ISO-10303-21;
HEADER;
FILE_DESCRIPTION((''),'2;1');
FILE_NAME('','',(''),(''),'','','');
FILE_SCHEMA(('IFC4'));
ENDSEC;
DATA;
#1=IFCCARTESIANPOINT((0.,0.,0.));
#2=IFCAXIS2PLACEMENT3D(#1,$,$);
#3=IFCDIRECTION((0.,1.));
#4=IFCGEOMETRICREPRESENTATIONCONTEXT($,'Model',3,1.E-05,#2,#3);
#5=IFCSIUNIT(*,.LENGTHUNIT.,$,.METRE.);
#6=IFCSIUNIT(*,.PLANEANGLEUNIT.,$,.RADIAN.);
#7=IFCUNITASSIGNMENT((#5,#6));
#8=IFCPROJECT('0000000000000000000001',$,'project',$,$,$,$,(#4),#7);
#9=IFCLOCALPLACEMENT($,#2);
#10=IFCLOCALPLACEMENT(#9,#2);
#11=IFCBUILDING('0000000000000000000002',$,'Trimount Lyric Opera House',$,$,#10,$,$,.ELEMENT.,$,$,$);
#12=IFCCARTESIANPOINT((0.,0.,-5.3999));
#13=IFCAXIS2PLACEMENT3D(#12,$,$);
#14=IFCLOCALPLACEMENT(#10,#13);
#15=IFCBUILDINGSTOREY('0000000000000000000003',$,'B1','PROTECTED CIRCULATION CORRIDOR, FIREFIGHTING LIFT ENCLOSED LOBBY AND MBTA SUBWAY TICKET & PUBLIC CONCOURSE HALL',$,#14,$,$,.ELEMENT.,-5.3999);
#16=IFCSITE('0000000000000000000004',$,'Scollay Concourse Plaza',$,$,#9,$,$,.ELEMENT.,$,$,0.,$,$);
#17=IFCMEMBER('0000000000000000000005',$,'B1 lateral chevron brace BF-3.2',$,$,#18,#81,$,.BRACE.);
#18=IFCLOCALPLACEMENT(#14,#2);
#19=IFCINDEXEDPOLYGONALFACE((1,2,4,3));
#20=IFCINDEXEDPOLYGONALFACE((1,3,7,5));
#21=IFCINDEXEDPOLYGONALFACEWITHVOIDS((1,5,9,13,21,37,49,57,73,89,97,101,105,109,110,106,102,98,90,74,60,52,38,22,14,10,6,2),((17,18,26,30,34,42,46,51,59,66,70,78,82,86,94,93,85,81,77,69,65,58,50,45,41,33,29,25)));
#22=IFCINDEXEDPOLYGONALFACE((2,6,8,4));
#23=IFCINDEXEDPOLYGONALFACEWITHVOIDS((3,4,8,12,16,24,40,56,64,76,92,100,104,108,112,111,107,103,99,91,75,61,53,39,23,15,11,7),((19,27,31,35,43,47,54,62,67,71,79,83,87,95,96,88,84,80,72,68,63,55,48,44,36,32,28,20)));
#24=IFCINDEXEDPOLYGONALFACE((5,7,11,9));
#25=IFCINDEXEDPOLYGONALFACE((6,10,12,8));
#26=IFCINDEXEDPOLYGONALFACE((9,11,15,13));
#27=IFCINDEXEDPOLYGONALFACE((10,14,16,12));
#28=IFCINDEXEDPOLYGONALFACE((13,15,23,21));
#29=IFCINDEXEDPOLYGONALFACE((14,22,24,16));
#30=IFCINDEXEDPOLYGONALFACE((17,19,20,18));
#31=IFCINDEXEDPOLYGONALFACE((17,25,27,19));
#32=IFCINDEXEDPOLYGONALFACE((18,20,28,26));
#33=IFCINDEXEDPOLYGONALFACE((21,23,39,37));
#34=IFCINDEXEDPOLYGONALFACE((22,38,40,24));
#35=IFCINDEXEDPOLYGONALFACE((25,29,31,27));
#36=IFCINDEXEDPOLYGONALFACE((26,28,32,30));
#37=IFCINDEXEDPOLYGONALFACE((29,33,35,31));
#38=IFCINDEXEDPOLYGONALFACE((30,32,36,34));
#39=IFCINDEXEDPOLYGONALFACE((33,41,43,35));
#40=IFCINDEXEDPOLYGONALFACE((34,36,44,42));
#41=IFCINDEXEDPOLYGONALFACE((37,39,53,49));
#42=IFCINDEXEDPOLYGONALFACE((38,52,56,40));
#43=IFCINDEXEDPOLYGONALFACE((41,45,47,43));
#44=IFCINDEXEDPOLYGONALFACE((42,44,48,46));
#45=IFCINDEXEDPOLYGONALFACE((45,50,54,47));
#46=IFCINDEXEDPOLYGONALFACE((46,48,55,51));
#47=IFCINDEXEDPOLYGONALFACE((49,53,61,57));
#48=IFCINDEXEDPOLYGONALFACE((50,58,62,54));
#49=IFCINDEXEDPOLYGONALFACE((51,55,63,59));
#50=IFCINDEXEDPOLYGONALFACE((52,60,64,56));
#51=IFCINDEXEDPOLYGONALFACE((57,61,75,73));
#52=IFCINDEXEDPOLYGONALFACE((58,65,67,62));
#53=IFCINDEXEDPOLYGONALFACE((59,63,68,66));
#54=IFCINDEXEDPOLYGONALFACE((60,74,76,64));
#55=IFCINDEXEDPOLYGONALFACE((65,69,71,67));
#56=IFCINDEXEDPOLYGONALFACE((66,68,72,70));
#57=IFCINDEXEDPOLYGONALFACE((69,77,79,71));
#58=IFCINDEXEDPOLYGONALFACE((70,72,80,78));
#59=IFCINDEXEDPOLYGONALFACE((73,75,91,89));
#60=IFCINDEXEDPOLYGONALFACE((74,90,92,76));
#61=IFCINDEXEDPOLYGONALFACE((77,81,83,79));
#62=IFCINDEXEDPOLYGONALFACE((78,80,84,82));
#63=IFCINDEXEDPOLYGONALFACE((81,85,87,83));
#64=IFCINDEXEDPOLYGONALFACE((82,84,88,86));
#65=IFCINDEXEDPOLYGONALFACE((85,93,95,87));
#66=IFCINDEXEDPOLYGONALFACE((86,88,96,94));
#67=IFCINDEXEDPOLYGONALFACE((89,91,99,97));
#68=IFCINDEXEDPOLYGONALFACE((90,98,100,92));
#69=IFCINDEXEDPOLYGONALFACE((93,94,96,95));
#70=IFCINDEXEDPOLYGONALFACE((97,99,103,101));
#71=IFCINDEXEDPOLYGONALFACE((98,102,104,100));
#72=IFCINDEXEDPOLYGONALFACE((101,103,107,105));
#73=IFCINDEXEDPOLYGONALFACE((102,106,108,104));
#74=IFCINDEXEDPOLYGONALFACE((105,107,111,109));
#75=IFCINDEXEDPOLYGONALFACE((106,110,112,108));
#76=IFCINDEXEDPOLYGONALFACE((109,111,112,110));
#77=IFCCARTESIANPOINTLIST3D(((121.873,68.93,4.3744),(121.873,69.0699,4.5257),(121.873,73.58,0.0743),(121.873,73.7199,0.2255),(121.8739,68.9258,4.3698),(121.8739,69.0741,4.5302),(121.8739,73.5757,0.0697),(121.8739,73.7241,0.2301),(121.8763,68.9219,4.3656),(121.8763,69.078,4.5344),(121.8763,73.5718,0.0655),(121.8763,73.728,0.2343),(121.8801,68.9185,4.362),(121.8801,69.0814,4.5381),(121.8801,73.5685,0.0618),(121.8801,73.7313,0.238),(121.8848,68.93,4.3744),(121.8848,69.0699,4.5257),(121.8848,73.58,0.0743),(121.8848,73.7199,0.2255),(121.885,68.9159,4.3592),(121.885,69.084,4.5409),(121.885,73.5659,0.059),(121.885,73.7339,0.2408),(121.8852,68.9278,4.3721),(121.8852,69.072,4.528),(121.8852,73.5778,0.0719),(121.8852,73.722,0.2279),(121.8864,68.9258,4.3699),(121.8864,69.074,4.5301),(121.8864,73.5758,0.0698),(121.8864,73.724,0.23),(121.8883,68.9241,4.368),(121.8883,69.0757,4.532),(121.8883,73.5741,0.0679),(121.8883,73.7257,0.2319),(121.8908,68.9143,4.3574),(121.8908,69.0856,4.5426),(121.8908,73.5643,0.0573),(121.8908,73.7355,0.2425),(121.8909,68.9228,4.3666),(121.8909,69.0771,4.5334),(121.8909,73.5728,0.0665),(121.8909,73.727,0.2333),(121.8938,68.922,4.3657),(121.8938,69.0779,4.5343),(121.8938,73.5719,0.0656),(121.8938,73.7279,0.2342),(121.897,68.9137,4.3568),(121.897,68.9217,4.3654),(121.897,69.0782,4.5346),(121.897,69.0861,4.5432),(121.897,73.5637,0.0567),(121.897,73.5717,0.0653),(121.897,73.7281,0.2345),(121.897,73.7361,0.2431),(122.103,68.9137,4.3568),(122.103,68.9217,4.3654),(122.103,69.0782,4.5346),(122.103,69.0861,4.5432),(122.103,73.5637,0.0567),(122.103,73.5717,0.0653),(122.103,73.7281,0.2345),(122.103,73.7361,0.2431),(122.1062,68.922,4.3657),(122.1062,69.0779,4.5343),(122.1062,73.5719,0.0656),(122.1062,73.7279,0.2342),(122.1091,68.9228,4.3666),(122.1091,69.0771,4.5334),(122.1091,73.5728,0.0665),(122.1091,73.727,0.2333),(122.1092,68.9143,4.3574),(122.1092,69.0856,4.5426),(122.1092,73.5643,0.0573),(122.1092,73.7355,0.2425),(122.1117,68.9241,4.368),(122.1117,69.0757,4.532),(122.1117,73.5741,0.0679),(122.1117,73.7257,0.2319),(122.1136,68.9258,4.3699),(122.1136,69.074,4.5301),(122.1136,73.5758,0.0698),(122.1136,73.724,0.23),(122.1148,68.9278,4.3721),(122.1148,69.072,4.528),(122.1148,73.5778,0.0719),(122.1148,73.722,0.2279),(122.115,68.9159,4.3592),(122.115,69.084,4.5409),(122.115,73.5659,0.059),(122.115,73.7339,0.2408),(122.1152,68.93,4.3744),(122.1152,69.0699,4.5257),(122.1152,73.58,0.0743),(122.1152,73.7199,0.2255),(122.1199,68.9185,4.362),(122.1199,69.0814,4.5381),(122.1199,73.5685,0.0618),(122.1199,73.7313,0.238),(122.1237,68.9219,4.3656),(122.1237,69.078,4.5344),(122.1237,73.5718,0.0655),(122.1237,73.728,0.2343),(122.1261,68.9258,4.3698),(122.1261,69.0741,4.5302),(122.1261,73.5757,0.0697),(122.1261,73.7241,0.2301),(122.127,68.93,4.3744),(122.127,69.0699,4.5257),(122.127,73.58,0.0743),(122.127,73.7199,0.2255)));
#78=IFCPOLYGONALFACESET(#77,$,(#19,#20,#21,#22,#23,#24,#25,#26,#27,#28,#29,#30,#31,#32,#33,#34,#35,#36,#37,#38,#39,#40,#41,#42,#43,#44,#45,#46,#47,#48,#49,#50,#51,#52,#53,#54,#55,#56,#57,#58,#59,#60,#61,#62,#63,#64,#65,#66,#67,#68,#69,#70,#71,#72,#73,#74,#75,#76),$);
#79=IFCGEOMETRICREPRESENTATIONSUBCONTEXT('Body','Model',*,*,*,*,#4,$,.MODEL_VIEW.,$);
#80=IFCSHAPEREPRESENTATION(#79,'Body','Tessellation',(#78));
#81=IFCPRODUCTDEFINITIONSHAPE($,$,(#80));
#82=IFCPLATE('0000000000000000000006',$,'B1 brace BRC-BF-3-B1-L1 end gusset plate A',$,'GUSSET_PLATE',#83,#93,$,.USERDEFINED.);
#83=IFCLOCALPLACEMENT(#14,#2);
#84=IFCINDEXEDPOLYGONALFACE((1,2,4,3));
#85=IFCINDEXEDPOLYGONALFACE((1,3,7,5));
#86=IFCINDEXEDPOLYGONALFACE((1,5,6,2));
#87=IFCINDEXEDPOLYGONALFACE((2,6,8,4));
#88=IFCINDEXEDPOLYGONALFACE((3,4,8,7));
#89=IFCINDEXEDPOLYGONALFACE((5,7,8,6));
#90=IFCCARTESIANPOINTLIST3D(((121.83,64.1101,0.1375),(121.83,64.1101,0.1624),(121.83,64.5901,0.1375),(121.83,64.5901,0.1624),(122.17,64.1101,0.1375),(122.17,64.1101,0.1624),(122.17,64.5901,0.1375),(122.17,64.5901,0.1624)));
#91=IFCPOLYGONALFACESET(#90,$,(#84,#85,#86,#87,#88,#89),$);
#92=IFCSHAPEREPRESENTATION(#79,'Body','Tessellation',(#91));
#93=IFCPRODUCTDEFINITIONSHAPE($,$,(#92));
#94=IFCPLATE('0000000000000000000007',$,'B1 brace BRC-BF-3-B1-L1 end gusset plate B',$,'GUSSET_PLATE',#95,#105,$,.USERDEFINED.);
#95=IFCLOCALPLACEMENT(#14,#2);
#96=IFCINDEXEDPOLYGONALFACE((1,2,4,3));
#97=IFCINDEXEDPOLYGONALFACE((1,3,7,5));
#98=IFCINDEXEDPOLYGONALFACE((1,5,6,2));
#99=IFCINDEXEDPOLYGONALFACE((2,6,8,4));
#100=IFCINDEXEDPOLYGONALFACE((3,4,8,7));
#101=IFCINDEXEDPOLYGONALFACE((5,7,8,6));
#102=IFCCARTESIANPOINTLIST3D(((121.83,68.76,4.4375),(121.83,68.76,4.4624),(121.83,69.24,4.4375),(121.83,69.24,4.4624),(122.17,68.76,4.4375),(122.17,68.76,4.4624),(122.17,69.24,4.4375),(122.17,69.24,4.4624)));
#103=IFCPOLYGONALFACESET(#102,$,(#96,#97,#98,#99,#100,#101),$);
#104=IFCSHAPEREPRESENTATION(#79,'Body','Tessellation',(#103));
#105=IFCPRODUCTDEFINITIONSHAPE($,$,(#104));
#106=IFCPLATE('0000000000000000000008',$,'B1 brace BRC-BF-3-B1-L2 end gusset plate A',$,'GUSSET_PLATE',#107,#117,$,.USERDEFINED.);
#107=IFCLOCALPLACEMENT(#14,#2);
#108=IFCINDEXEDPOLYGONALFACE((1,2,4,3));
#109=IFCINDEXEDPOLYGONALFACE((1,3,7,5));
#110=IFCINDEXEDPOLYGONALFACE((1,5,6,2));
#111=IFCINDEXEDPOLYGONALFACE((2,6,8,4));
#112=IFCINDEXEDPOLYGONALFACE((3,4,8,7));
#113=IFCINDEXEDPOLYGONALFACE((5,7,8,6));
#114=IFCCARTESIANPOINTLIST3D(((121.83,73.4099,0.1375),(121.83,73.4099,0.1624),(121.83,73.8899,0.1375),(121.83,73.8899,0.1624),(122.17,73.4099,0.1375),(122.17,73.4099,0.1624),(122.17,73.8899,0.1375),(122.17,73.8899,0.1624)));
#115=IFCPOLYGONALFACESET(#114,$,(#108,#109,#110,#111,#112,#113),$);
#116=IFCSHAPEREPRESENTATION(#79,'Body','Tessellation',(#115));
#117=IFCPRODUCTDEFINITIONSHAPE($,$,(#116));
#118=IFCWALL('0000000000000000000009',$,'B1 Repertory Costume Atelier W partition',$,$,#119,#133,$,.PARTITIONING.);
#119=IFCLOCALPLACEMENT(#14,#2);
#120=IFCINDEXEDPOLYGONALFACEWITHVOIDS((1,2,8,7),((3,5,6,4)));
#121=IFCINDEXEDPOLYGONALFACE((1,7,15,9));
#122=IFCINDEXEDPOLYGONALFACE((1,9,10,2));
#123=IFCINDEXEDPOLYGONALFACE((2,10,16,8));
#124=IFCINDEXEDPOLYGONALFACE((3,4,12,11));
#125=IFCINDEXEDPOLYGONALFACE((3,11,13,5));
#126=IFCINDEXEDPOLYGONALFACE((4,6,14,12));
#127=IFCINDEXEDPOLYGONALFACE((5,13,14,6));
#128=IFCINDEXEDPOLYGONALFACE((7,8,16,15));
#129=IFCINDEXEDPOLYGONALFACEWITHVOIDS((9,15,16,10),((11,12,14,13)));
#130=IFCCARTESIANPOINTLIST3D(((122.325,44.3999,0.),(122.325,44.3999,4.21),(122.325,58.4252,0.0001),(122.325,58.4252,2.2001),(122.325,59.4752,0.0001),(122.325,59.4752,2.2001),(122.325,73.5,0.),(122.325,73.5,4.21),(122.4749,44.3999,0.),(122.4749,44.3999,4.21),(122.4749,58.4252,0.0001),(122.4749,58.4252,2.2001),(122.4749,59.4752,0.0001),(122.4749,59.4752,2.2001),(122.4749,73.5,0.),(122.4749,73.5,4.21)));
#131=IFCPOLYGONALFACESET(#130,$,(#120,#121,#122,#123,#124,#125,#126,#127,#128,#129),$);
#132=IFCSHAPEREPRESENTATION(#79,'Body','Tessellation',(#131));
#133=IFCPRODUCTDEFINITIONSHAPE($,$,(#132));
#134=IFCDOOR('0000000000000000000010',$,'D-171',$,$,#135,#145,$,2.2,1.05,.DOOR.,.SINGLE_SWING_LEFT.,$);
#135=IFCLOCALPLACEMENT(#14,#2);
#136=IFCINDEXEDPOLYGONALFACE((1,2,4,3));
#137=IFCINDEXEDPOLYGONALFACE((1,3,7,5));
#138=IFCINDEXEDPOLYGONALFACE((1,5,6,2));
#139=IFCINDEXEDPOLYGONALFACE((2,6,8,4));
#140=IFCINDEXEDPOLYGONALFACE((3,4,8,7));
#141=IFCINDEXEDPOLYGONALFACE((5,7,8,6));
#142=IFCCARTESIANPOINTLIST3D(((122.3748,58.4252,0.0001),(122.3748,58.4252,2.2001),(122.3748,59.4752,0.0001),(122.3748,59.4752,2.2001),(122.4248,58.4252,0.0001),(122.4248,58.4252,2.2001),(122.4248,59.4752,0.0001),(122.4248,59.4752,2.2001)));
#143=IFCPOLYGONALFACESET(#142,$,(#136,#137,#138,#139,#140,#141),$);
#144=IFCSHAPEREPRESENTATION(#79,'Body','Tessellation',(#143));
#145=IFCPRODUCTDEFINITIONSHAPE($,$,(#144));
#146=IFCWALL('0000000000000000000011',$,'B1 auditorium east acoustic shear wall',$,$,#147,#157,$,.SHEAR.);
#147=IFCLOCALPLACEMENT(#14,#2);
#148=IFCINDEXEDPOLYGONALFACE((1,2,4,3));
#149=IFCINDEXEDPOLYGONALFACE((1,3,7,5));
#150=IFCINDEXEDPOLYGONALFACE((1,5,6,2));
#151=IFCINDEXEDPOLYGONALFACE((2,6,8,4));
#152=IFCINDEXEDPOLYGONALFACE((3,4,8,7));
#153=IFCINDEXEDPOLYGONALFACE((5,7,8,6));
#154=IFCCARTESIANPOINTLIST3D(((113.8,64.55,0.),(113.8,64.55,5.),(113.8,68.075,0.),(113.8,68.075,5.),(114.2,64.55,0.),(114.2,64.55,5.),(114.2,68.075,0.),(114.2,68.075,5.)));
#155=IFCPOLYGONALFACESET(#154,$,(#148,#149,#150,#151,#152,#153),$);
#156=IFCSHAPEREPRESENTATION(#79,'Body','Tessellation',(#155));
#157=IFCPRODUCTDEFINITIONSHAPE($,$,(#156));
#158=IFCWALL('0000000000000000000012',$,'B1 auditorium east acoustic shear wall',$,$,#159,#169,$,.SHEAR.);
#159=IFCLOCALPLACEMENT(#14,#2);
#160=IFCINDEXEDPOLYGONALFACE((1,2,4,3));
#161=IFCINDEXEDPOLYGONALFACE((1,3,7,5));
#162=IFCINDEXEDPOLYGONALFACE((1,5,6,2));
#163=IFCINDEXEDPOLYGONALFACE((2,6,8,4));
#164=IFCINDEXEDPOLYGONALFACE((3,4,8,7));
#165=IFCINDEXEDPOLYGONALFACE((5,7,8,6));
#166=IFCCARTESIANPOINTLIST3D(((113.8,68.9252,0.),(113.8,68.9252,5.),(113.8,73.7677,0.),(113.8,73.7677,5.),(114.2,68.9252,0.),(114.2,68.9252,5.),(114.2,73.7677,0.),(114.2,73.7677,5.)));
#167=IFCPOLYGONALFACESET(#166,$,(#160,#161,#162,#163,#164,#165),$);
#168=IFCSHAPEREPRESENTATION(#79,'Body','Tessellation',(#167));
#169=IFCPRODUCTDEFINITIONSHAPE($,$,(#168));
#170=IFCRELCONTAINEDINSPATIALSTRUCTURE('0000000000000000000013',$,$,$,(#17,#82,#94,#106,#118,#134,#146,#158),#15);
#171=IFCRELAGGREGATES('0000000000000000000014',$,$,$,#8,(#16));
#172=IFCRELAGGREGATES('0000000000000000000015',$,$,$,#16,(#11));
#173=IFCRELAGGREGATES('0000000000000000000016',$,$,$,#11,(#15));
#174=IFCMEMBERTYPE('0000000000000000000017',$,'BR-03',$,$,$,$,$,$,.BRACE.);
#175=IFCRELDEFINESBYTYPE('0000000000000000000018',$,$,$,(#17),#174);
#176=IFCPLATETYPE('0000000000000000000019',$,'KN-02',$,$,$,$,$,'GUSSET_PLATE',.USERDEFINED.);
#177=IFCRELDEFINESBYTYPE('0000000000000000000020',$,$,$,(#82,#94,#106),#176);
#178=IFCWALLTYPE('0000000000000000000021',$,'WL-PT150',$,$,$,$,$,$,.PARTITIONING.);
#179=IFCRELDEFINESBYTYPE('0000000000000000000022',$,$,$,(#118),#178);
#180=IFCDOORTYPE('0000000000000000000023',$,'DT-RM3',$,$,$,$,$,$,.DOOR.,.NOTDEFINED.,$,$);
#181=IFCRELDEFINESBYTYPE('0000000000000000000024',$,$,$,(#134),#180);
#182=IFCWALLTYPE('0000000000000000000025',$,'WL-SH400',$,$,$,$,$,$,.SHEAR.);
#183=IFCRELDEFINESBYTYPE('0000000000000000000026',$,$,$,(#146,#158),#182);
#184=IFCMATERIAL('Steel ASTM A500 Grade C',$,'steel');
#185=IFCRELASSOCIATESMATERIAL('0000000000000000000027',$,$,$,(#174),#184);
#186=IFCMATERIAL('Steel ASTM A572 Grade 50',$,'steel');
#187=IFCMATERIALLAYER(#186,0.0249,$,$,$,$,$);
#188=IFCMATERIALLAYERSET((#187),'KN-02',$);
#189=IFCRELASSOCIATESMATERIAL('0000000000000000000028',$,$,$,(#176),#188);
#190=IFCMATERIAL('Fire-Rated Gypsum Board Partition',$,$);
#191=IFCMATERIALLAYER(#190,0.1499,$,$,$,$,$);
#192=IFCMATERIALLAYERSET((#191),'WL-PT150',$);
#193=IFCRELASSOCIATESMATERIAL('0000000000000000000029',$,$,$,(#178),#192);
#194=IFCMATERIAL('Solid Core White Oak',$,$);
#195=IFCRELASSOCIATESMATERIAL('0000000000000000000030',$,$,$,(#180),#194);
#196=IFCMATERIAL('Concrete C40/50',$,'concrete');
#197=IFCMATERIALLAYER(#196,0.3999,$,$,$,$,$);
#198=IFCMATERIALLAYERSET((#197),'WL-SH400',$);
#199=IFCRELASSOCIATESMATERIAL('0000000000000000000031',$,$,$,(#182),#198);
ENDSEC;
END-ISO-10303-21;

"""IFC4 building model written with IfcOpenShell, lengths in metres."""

from ifc_helpers import new_model, si_unit, direction, frame, frame_2d, origin, origin_2d, place, context, subcontext, project, spatial, rectangle, hollow_rectangle, extrude, material, layer, layer_set, material_profile, profile_set, type_object, element, fill, save


model = new_model("IFC4")

# Units and contexts
model_context = context("Model", 3, precision=1e-05, world=origin(), true_north=direction((0.0, 1.0)))
body_context = subcontext(model_context, "Body", "Model", "MODEL_VIEW")
ifc_project = project(units=[si_unit("LENGTHUNIT", "METRE"), si_unit("PLANEANGLEUNIT", "RADIAN")], contexts=[model_context])

# Site, building, storey
site_placement = place(None, origin())
site = spatial("IfcSite", under=ifc_project, at=site_placement, Name="Scollay Concourse Plaza", CompositionType="ELEMENT", RefElevation=0.0)
building_placement = place(site_placement, origin())
building = spatial("IfcBuilding", under=site, at=building_placement, Name="Trimount Lyric Opera House", CompositionType="ELEMENT")
storey_placement = place(building_placement, frame((0.0, 0.0, -5.3999)))
storey = spatial("IfcBuildingStorey", under=building, at=storey_placement, Name="B1", Description="PROTECTED CIRCULATION CORRIDOR, FIREFIGHTING LIFT ENCLOSED LOBBY AND MBTA SUBWAY TICKET & PUBLIC CONCOURSE HALL", CompositionType="ELEMENT", Elevation=-5.3999)

# Member
ifc_material_1 = material(Name="Steel ASTM A500 Grade C", Category="steel")
ifc_material_profile_1 = material_profile(ifc_material_1, hollow_rectangle(XDim=0.2539, YDim=0.2539, WallThickness=0.0117, InnerFilletRadius=0.0122, OuterFilletRadius=0.0239, at=origin_2d()), Name="HSS254.0X254.0X12.7")
ifc_profile_set_1 = profile_set([ifc_material_profile_1], Name="Steel ASTM A500 Grade C")
member_type_1 = type_object("IfcMemberType", Name="BR-03", PredefinedType="BRACE", material=ifc_profile_set_1)
member_1_placement = place(storey_placement, frame((122.0, 73.6499, 0.1499), z_axis=(0.0, -0.734187, 0.678947), x_axis=(1.0, 0.0, 0.0)))
element("IfcMember", 1, at=member_1_placement, inside=storey, type_object=member_type_1, Name="B1 lateral chevron brace BF-3.2", PredefinedType="BRACE", context=body_context, shape_type="SweptSolid", body=[
    extrude(hollow_rectangle(XDim=0.2539, YDim=0.2539, WallThickness=0.0117, InnerFilletRadius=0.0122, OuterFilletRadius=0.0239, at=origin_2d()), origin(), (0.0, 0.0, 1.0), 6.3335),
])

# Plates
ifc_material_2 = material(Name="Steel ASTM A572 Grade 50", Category="steel")
ifc_layer_1 = layer(ifc_material_2, 0.0249)
ifc_layer_set_1 = layer_set([ifc_layer_1], Name="KN-02")
plate_type = type_object("IfcPlateType", Name="KN-02", ElementType="GUSSET_PLATE", PredefinedType="USERDEFINED", material=ifc_layer_set_1)
for number, where, z_axis, x_axis, name in (
    (2, (122.0, 64.3501, 0.1375), (0.0, 0.0, 1.0), (0.0, 1.0, 0.0), "B1 brace BRC-BF-3-B1-L1 end gusset plate A"),
    (3, (122.0, 69.0, 4.4375), (0.0, 0.0, 1.0), (0.0, 1.0, 0.0), "B1 brace BRC-BF-3-B1-L1 end gusset plate B"),
    (4, (122.0, 73.6499, 0.1375), (0.0, 0.0, 1.0), (0.0, -1.0, 0.0), "B1 brace BRC-BF-3-B1-L2 end gusset plate A"),
):
    element("IfcPlate", number, at=place(storey_placement, frame(where, z_axis=z_axis, x_axis=x_axis)), inside=storey, type_object=plate_type, Name=name, ObjectType="GUSSET_PLATE", PredefinedType="USERDEFINED", context=body_context, shape_type="SweptSolid", body=[
        extrude(rectangle(XDim=0.48, YDim=0.3401, at=origin_2d()), origin(), (0.0, 0.0, 1.0), 0.0249),
    ])

# Wall, opening, door
ifc_material_3 = material(Name="Fire-Rated Gypsum Board Partition")
ifc_layer_2 = layer(ifc_material_3, 0.1499)
ifc_layer_set_2 = layer_set([ifc_layer_2], Name="WL-PT150")
wall_type_1 = type_object("IfcWallType", Name="WL-PT150", PredefinedType="PARTITIONING", material=ifc_layer_set_2)
wall_1_placement = place(storey_placement, frame((122.3999, 73.5, 0.0), z_axis=(0.0, 0.0, 1.0), x_axis=(0.0, -1.0, 0.0)))
wall_1 = element("IfcWall", 5, at=wall_1_placement, inside=storey, type_object=wall_type_1, Name="B1 Repertory Costume Atelier W partition", PredefinedType="PARTITIONING", context=body_context, shape_type="SweptSolid", body=[
    extrude(rectangle(XDim=29.1001, YDim=0.1499, at=frame_2d((14.55, 0.0))), origin(), (0.0, 0.0, 1.0), 4.21),
])
opening_placement = place(wall_1_placement, frame((14.0249, 0.0, 0.0)))
opening = element("IfcOpeningElement", 6, at=opening_placement, cuts=wall_1, PredefinedType="OPENING", context=body_context, shape_type="SweptSolid", body=[
    extrude(rectangle(XDim=1.05, YDim=2.2, at=frame_2d((0.5249, 1.1001))), frame((0.0, 0.085, 0.0), z_axis=(0.0, -1.0, 0.0), x_axis=(1.0, 0.0, 0.0)), (0.0, 0.0, 1.0), 0.1699),
])
ifc_material_4 = material(Name="Solid Core White Oak")
door_type = type_object("IfcDoorType", Name="DT-RM3", OperationType="NOTDEFINED", PredefinedType="DOOR", material=ifc_material_4)
door_placement = place(opening_placement, origin())
door = element("IfcDoor", 7, at=door_placement, inside=storey, type_object=door_type, Name="D-171", OperationType="SINGLE_SWING_LEFT", OverallHeight=2.2, OverallWidth=1.05, PredefinedType="DOOR", context=body_context, shape_type="SweptSolid", body=[
    extrude(rectangle(XDim=1.05, YDim=2.2, at=frame_2d((0.5249, 1.1001))), frame((0.0, 0.0249, 0.0), z_axis=(0.0, -1.0, 0.0), x_axis=(1.0, 0.0, 0.0)), (0.0, 0.0, 1.0), 0.05),
])
fill(opening, door)

# Walls
ifc_material_5 = material(Name="Concrete C40/50", Category="concrete")
ifc_layer_3 = layer(ifc_material_5, 0.3999)
ifc_layer_set_3 = layer_set([ifc_layer_3], Name="WL-SH400")
wall_type_2 = type_object("IfcWallType", Name="WL-SH400", PredefinedType="SHEAR", material=ifc_layer_set_3)
wall_2_placement = place(storey_placement, frame((114.0, 64.55, 0.0), z_axis=(0.0, 0.0, 1.0), x_axis=(0.0, 1.0, 0.0)))
element("IfcWall", 8, at=wall_2_placement, inside=storey, type_object=wall_type_2, Name="B1 auditorium east acoustic shear wall", PredefinedType="SHEAR", context=body_context, shape_type="SweptSolid", body=[
    extrude(rectangle(XDim=3.5249, YDim=0.3999, at=frame_2d((1.7625, 0.0))), origin(), (0.0, 0.0, 1.0), 5.0),
])
wall_3_placement = place(storey_placement, frame((114.0, 68.925, 0.0), z_axis=(0.0, 0.0, 1.0), x_axis=(0.0, 1.0, 0.0)))
element("IfcWall", 9, at=wall_3_placement, inside=storey, type_object=wall_type_2, Name="B1 auditorium east acoustic shear wall", PredefinedType="SHEAR", context=body_context, shape_type="SweptSolid", body=[
    extrude(rectangle(XDim=4.8425, YDim=0.3999, at=frame_2d((2.4214, 0.0))), origin(), (0.0, 0.0, 1.0), 5.0),
])

save(model, "model.ifc")
